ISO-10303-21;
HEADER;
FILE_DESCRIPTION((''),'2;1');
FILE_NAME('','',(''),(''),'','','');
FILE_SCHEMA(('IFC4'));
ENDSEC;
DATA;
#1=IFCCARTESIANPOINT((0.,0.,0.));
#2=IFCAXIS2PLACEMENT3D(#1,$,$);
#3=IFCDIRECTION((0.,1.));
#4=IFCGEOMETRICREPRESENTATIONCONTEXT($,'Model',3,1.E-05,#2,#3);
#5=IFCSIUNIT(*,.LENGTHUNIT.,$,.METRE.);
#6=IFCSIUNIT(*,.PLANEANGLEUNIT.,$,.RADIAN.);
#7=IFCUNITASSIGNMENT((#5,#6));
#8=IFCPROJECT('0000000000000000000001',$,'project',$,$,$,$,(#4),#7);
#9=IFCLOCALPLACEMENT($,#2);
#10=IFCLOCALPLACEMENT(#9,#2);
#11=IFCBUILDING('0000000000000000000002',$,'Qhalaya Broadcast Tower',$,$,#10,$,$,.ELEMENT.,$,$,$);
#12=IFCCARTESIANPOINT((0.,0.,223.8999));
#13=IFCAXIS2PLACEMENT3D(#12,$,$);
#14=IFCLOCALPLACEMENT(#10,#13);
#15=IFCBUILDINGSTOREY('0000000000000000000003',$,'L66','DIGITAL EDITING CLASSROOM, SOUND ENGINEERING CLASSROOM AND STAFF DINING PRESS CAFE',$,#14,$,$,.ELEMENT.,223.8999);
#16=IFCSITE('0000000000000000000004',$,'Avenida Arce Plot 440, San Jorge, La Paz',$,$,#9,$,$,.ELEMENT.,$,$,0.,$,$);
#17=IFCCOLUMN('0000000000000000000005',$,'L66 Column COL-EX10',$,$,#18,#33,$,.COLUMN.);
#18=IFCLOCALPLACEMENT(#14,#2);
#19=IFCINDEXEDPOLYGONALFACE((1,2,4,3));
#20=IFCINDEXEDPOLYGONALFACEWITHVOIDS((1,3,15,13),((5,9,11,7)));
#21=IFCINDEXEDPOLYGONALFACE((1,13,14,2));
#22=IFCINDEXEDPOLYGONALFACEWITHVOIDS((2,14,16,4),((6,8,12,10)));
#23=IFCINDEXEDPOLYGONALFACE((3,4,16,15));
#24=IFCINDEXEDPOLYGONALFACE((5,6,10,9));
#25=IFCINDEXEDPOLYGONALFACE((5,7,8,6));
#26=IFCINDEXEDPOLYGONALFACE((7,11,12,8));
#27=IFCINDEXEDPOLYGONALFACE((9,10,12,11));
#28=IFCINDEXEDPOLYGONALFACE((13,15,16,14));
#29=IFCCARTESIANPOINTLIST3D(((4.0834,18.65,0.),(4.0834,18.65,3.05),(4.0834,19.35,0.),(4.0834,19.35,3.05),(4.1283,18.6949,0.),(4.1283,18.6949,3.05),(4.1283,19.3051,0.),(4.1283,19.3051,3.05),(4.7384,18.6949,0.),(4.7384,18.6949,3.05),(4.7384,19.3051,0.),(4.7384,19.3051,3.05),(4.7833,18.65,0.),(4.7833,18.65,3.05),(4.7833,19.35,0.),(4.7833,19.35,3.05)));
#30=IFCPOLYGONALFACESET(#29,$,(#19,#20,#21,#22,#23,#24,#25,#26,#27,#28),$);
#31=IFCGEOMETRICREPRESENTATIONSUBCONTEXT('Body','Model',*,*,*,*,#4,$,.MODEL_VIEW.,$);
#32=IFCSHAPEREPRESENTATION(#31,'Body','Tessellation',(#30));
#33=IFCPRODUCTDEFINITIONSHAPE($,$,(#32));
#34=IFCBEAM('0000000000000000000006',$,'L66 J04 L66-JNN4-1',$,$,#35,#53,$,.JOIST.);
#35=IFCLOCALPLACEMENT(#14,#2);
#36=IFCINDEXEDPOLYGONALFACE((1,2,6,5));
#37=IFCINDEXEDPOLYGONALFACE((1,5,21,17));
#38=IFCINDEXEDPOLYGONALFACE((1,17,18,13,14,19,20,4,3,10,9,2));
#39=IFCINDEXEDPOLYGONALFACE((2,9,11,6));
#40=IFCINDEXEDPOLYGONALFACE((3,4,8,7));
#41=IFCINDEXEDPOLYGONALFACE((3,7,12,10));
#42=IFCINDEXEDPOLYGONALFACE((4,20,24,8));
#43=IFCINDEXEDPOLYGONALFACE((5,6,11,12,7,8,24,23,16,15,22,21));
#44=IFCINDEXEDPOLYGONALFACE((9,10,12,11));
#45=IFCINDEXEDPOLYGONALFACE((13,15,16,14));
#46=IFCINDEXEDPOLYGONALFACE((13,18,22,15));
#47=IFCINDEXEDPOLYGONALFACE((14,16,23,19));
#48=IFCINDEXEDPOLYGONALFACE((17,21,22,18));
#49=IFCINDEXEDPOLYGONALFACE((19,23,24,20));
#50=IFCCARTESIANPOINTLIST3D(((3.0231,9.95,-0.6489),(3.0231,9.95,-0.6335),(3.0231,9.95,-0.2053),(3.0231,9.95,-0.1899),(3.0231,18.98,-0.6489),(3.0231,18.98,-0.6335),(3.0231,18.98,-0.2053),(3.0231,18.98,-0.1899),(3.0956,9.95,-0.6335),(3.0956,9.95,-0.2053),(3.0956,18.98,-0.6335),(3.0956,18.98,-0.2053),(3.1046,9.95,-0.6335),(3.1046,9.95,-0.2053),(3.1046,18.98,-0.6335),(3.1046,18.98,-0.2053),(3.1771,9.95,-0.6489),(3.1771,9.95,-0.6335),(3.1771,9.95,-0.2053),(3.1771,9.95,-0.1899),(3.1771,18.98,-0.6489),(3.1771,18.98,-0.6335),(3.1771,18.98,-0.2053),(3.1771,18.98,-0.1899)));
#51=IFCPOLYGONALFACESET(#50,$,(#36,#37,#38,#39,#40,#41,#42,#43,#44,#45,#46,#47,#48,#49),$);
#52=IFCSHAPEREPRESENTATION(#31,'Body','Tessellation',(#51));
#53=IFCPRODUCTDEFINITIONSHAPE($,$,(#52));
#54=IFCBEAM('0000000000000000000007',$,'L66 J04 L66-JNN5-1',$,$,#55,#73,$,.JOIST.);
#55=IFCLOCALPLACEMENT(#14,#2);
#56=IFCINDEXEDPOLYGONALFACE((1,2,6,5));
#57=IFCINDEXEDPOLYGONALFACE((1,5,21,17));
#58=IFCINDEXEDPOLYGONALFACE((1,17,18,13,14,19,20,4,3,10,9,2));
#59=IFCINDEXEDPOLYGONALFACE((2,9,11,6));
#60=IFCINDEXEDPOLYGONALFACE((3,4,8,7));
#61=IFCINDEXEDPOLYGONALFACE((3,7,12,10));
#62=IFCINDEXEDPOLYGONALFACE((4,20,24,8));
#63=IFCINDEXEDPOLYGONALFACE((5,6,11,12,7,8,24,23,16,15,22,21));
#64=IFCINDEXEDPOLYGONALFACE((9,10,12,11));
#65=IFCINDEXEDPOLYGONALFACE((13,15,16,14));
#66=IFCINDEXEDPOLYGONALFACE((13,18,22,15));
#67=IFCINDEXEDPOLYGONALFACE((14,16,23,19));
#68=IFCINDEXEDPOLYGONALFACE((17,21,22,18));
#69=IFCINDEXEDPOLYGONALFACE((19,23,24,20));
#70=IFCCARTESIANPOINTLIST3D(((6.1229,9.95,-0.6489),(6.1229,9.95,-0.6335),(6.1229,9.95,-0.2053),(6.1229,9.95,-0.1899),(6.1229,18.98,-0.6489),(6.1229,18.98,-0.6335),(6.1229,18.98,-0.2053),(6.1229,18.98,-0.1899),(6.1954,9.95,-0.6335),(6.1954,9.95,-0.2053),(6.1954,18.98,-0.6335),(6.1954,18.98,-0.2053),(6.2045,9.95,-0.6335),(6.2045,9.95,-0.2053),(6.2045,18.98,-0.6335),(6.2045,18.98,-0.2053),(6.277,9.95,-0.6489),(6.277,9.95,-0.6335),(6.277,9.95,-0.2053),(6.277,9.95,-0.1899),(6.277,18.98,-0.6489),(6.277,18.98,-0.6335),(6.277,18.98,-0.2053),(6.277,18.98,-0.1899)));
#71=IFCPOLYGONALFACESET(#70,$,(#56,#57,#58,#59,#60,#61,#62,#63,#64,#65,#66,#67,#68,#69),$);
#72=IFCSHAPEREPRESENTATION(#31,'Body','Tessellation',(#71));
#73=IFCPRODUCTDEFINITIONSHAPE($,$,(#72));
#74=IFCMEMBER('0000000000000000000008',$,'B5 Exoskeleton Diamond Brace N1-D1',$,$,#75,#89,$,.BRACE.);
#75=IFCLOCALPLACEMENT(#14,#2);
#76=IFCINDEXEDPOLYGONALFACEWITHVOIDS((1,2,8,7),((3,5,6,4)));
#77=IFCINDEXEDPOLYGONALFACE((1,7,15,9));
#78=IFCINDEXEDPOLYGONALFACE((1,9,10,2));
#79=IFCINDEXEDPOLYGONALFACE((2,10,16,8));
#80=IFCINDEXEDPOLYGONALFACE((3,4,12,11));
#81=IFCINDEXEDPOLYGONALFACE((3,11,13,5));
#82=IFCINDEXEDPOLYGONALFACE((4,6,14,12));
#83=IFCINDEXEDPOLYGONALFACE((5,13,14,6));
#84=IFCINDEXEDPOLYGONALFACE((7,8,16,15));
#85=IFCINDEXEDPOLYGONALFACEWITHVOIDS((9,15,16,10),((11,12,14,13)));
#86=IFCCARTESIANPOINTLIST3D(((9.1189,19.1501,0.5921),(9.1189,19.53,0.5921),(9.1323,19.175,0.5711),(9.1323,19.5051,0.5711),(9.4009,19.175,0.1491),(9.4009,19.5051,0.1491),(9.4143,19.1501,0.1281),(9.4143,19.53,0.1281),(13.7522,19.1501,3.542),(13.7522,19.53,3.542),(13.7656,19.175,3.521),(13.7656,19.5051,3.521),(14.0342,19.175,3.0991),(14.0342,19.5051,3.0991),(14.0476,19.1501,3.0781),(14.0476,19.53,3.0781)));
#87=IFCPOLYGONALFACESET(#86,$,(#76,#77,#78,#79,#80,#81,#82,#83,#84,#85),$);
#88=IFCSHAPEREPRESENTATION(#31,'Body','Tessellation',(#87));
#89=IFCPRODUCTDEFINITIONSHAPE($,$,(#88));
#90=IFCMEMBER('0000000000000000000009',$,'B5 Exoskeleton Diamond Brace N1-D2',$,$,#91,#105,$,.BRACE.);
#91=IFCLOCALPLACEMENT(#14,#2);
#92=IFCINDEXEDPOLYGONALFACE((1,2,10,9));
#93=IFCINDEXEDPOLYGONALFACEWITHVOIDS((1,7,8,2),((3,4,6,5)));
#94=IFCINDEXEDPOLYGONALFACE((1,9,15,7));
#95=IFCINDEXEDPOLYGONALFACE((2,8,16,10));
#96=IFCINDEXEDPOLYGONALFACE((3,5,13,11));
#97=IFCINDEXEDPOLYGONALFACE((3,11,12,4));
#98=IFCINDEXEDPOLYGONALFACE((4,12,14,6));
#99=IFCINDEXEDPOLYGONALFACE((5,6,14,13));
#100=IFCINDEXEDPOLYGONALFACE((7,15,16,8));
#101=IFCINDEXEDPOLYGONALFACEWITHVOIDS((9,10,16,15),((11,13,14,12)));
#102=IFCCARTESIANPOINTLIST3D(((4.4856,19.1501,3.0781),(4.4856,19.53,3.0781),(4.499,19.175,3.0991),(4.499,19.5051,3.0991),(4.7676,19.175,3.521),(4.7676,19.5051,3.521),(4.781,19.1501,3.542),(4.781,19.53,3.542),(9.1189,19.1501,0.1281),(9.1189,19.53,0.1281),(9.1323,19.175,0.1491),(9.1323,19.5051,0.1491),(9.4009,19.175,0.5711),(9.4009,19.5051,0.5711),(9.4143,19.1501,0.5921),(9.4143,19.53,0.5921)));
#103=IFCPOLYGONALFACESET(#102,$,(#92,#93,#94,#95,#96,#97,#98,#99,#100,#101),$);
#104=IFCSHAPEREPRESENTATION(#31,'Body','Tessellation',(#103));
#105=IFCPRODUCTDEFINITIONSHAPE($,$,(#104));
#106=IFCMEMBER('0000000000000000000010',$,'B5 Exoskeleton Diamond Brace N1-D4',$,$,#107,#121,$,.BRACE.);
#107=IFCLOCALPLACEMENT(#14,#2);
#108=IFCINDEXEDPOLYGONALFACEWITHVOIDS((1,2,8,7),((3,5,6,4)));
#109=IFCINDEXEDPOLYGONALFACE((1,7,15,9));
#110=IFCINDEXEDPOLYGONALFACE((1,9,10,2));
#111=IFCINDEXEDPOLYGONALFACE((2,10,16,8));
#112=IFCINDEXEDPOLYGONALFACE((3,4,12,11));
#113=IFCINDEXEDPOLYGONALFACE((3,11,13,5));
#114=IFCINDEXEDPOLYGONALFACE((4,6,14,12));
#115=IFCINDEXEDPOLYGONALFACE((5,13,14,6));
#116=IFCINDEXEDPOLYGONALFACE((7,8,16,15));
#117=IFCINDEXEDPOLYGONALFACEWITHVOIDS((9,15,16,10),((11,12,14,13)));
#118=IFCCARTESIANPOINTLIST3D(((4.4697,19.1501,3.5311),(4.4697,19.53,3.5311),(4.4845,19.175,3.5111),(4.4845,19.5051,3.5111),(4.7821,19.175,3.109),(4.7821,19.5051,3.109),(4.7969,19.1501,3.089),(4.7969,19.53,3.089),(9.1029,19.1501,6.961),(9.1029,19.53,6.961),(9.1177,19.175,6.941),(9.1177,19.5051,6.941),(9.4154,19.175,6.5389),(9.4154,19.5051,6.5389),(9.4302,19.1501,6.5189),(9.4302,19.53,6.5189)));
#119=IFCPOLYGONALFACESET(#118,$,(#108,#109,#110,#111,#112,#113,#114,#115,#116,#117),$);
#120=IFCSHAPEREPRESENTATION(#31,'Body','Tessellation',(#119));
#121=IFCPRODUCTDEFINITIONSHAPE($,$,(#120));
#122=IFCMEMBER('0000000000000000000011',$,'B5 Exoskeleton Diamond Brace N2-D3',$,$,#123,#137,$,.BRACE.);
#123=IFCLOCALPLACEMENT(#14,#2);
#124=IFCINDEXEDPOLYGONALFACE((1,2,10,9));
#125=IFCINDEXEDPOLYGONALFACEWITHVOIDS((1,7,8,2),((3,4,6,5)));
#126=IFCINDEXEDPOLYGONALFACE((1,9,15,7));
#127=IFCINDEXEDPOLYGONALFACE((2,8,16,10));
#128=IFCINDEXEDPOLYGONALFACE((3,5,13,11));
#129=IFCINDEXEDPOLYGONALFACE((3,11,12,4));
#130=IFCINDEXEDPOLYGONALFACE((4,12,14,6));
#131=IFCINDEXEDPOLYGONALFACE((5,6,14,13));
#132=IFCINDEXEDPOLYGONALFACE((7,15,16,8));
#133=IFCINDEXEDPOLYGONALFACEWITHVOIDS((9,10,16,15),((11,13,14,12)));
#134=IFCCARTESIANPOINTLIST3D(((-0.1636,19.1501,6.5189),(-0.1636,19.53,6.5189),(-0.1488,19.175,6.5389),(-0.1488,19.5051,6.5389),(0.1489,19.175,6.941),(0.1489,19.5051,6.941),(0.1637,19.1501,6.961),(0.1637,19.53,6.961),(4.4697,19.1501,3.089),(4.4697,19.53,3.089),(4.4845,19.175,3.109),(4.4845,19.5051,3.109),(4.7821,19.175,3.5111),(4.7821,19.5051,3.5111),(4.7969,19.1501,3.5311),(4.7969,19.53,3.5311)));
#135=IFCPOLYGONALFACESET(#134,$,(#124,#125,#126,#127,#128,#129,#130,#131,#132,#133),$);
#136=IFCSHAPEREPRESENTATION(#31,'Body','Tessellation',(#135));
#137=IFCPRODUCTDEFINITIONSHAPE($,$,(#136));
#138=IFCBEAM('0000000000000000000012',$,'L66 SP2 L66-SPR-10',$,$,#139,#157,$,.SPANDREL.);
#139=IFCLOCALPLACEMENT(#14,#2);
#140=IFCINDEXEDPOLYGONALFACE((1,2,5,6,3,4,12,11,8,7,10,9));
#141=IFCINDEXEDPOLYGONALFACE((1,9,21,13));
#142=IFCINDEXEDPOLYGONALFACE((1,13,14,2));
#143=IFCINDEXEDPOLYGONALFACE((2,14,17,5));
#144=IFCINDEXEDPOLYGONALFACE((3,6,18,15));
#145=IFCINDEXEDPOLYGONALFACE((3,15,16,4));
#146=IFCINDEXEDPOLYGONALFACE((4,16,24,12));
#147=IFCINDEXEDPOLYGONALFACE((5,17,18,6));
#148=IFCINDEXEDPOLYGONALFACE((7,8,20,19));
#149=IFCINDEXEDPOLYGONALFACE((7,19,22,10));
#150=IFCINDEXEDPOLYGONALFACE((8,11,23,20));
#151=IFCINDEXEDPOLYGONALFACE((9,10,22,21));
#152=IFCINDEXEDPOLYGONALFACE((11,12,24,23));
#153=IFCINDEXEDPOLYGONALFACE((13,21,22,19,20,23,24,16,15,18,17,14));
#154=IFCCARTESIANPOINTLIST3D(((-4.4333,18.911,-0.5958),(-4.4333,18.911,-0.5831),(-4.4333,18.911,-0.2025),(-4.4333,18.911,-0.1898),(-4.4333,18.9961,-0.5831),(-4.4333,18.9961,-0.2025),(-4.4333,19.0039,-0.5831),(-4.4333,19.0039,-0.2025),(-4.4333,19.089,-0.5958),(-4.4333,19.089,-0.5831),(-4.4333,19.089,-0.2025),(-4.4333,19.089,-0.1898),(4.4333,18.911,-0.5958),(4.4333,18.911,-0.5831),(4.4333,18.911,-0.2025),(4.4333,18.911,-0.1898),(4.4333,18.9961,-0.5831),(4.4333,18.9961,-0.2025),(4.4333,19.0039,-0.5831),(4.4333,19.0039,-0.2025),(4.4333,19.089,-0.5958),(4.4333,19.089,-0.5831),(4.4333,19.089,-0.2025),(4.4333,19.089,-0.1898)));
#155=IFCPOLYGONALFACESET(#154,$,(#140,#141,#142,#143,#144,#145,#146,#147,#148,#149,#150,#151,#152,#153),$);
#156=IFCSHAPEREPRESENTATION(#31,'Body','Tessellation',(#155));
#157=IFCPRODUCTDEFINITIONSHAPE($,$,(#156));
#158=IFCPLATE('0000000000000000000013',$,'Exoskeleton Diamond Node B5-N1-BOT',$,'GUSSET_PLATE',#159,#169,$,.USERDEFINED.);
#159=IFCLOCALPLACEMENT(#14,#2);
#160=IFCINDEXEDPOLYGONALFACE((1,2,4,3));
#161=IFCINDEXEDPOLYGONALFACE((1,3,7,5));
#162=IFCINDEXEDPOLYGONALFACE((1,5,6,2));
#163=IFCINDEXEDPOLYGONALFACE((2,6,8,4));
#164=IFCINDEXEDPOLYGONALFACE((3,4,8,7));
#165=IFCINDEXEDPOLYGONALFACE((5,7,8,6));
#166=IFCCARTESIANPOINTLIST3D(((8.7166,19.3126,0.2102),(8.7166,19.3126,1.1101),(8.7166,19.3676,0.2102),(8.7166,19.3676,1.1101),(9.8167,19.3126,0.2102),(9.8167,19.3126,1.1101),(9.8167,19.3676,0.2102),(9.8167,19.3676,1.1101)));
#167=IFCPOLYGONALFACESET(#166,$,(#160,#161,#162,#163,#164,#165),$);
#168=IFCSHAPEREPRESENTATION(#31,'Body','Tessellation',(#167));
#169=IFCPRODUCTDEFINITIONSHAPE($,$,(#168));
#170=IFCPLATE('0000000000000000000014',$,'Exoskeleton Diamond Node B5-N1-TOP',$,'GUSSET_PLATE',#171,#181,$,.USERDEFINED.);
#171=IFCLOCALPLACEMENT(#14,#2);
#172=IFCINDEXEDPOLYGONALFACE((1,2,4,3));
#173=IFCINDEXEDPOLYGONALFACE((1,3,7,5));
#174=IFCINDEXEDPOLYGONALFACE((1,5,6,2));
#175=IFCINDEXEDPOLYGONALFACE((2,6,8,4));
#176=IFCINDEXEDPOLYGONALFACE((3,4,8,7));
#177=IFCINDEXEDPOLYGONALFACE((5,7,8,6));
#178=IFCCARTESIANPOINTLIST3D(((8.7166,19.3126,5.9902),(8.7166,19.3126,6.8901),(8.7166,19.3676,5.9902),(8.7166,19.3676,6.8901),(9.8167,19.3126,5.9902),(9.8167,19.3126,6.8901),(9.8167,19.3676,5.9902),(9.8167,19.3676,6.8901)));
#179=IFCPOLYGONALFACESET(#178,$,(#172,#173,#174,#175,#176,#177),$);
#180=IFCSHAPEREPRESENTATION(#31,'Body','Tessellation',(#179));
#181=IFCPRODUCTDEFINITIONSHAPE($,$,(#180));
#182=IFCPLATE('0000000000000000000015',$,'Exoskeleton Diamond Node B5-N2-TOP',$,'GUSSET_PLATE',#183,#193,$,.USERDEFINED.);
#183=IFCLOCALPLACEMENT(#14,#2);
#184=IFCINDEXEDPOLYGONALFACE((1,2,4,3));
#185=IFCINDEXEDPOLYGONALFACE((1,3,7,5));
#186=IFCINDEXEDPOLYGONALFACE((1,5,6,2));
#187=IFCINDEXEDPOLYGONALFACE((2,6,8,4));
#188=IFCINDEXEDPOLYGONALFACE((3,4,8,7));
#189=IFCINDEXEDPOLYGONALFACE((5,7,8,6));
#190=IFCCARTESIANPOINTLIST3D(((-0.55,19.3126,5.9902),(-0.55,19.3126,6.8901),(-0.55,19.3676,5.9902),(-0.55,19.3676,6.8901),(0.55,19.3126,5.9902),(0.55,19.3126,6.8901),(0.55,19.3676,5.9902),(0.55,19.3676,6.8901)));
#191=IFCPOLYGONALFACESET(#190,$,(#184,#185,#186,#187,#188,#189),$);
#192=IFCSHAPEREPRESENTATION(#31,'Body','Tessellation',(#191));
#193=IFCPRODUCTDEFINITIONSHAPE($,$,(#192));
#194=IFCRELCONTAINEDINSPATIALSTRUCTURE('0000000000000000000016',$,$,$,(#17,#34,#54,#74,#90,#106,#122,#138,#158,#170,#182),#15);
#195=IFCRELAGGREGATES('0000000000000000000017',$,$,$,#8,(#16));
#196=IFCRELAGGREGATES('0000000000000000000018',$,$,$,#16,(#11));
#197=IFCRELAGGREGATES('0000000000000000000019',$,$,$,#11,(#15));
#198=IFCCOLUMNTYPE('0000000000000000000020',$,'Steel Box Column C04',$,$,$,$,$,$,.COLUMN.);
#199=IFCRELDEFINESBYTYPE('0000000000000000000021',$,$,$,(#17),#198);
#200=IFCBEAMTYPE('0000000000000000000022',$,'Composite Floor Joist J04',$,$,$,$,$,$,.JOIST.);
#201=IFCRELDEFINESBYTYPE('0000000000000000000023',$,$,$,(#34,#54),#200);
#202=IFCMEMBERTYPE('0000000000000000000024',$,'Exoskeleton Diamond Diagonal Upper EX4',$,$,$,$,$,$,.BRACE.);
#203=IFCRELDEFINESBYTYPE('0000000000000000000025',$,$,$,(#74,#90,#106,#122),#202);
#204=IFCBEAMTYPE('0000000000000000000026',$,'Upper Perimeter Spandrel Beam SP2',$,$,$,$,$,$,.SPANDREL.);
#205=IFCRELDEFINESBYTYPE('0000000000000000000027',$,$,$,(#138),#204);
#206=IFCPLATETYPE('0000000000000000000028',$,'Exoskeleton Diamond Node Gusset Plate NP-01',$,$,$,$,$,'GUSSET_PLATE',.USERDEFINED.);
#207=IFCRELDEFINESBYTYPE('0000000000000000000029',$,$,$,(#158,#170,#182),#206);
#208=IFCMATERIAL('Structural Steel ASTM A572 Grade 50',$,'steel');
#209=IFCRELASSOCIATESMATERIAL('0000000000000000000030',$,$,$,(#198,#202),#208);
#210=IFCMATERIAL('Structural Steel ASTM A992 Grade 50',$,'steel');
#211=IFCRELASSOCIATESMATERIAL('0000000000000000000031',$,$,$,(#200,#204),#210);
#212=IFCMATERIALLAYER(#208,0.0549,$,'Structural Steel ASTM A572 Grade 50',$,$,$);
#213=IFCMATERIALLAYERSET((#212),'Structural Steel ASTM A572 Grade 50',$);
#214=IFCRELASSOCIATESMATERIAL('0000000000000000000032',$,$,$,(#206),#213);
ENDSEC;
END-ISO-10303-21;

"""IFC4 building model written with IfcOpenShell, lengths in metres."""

from ifc_helpers import new_model, si_unit, direction, frame, origin, origin_2d, place, context, subcontext, project, spatial, rectangle, hollow_rectangle, i_section, extrude, material, layer, layer_set, material_profile, profile_set, type_object, element, save


model = new_model("IFC4")

# Units and contexts
model_context = context("Model", 3, precision=1e-05, world=origin(), true_north=direction((0.0, 1.0)))
body_context = subcontext(model_context, "Body", "Model", "MODEL_VIEW")
ifc_project = project(units=[si_unit("LENGTHUNIT", "METRE"), si_unit("PLANEANGLEUNIT", "RADIAN")], contexts=[model_context])

# Site, building, storey
site_placement = place(None, origin())
site = spatial("IfcSite", under=ifc_project, at=site_placement, Name="Avenida Arce Plot 440, San Jorge, La Paz", CompositionType="ELEMENT", RefElevation=0.0)
building_placement = place(site_placement, origin())
building = spatial("IfcBuilding", under=site, at=building_placement, Name="Qhalaya Broadcast Tower", CompositionType="ELEMENT")
storey_placement = place(building_placement, frame((0.0, 0.0, 223.8999)))
storey = spatial("IfcBuildingStorey", under=building, at=storey_placement, Name="L66", Description="DIGITAL EDITING CLASSROOM, SOUND ENGINEERING CLASSROOM AND STAFF DINING PRESS CAFE", CompositionType="ELEMENT", Elevation=223.8999)

# Column
ifc_material_1 = material(Name="Structural Steel ASTM A572 Grade 50", Category="steel")
ifc_material_profile_1 = material_profile(ifc_material_1, hollow_rectangle(XDim=0.7, YDim=0.7, WallThickness=0.0449, at=origin_2d()), Name="BOX 700x700x45")
ifc_profile_set_1 = profile_set([ifc_material_profile_1], Name="Structural Steel ASTM A572 Grade 50")
column_type = type_object("IfcColumnType", Name="Steel Box Column C04", PredefinedType="COLUMN", material=ifc_profile_set_1)
column_placement = place(storey_placement, frame((4.4333, 19.0, 0.0), z_axis=(0.0, 0.0, 1.0), x_axis=(1.0, 0.0, 0.0)))
element("IfcColumn", 1, at=column_placement, inside=storey, type_object=column_type, Name="L66 Column COL-EX10", PredefinedType="COLUMN", context=body_context, shape_type="SweptSolid", body=[
    extrude(hollow_rectangle(XDim=0.7, YDim=0.7, WallThickness=0.0449, at=origin_2d()), origin(), (0.0, 0.0, 1.0), 3.05),
])

# Beams
ifc_material_2 = material(Name="Structural Steel ASTM A992 Grade 50", Category="steel")
ifc_material_profile_2 = material_profile(ifc_material_2, i_section(OverallWidth=0.1541, OverallDepth=0.459, WebThickness=0.009, FlangeThickness=0.0154, at=origin_2d()), Name="W18X46")
ifc_profile_set_2 = profile_set([ifc_material_profile_2], Name="Structural Steel ASTM A992 Grade 50")
beam_type_1 = type_object("IfcBeamType", Name="Composite Floor Joist J04", PredefinedType="JOIST", material=ifc_profile_set_2)
for number, where, z_axis, x_axis, name in (
    (2, (3.1001, 9.95, -0.4194), (0.0, 1.0, 0.0), (-1.0, 0.0, 0.0), "L66 J04 L66-JNN4-1"),
    (3, (6.2, 9.95, -0.4194), (0.0, 1.0, 0.0), (-1.0, 0.0, 0.0), "L66 J04 L66-JNN5-1"),
):
    element("IfcBeam", number, at=place(storey_placement, frame(where, z_axis=z_axis, x_axis=x_axis)), inside=storey, type_object=beam_type_1, Name=name, PredefinedType="JOIST", context=body_context, shape_type="SweptSolid", body=[
        extrude(i_section(OverallWidth=0.1541, OverallDepth=0.459, WebThickness=0.009, FlangeThickness=0.0154, at=origin_2d()), origin(), (0.0, 0.0, 1.0), 9.03),
    ])

# Members
ifc_material_profile_3 = material_profile(ifc_material_1, hollow_rectangle(XDim=0.3799, YDim=0.55, WallThickness=0.0249, at=origin_2d()), Name="BOX 380x550x25")
ifc_profile_set_3 = profile_set([ifc_material_profile_3], Name="Structural Steel ASTM A572 Grade 50")
member_type = type_object("IfcMemberType", Name="Exoskeleton Diamond Diagonal Upper EX4", PredefinedType="BRACE", material=ifc_profile_set_3)
for number, where, z_axis, x_axis, name in (
    (4, (9.2666, 19.3401, 0.3601), (0.843539, 0.0, 0.537068), (0.0, 1.0, 0.0), "B5 Exoskeleton Diamond Brace N1-D1"),
    (5, (9.2666, 19.3401, 0.3601), (-0.843539, 0.0, 0.537068), (0.0, -1.0, 0.0), "B5 Exoskeleton Diamond Brace N1-D2"),
):
    element("IfcMember", number, at=place(storey_placement, frame(where, z_axis=z_axis, x_axis=x_axis)), inside=storey, type_object=member_type, Name=name, PredefinedType="BRACE", context=body_context, shape_type="SweptSolid", body=[
        extrude(hollow_rectangle(XDim=0.3799, YDim=0.55, WallThickness=0.0249, at=origin_2d()), origin(), (0.0, 0.0, 1.0), 5.4927),
    ])
for number, where, z_axis, x_axis, name in (
    (6, (4.6333, 19.3401, 3.3101), (0.803735, 0.0, 0.594987), (0.0, 1.0, 0.0), "B5 Exoskeleton Diamond Brace N1-D4"),
    (7, (4.6333, 19.3401, 3.3101), (-0.803735, 0.0, 0.594987), (0.0, -1.0, 0.0), "B5 Exoskeleton Diamond Brace N2-D3"),
):
    element("IfcMember", number, at=place(storey_placement, frame(where, z_axis=z_axis, x_axis=x_axis)), inside=storey, type_object=member_type, Name=name, PredefinedType="BRACE", context=body_context, shape_type="SweptSolid", body=[
        extrude(hollow_rectangle(XDim=0.3799, YDim=0.55, WallThickness=0.0249, at=origin_2d()), origin(), (0.0, 0.0, 1.0), 5.7646),
    ])

# Beam
ifc_material_profile_4 = material_profile(ifc_material_2, i_section(OverallWidth=0.178, OverallDepth=0.406, WebThickness=0.0078, FlangeThickness=0.0127, at=origin_2d()), Name="W16X40")
ifc_profile_set_4 = profile_set([ifc_material_profile_4], Name="Structural Steel ASTM A992 Grade 50")
beam_type_2 = type_object("IfcBeamType", Name="Upper Perimeter Spandrel Beam SP2", PredefinedType="SPANDREL", material=ifc_profile_set_4)
beam_placement = place(storey_placement, frame((4.4333, 19.0, -0.3928), z_axis=(-1.0, 0.0, 0.0), x_axis=(0.0, -1.0, 0.0)))
element("IfcBeam", 8, at=beam_placement, inside=storey, type_object=beam_type_2, Name="L66 SP2 L66-SPR-10", PredefinedType="SPANDREL", context=body_context, shape_type="SweptSolid", body=[
    extrude(i_section(OverallWidth=0.178, OverallDepth=0.406, WebThickness=0.0078, FlangeThickness=0.0127, at=origin_2d()), origin(), (0.0, 0.0, 1.0), 8.8667),
])

# Plates
ifc_layer_1 = layer(ifc_material_1, 0.0549, Name="Structural Steel ASTM A572 Grade 50")
ifc_layer_set_1 = layer_set([ifc_layer_1], Name="Structural Steel ASTM A572 Grade 50")
plate_type_1 = type_object("IfcPlateType", Name="Exoskeleton Diamond Node Gusset Plate NP-01", ElementType="GUSSET_PLATE", PredefinedType="USERDEFINED", material=ifc_layer_set_1)
for number, where, z_axis, x_axis, name in (
    (9, (9.2666, 19.3401, 0.2102), (0.0, 0.0, 1.0), (1.0, 0.0, 0.0), "Exoskeleton Diamond Node B5-N1-BOT"),
    (10, (9.2666, 19.3401, 5.9902), (0.0, 0.0, 1.0), (1.0, 0.0, 0.0), "Exoskeleton Diamond Node B5-N1-TOP"),
    (11, (0.0, 19.3401, 5.9902), (0.0, 0.0, 1.0), (1.0, 0.0, 0.0), "Exoskeleton Diamond Node B5-N2-TOP"),
):
    element("IfcPlate", number, at=place(storey_placement, frame(where, z_axis=z_axis, x_axis=x_axis)), inside=storey, type_object=plate_type_1, Name=name, ObjectType="GUSSET_PLATE", PredefinedType="USERDEFINED", context=body_context, shape_type="SweptSolid", body=[
        extrude(rectangle(XDim=1.1001, YDim=0.0549, at=origin_2d()), origin(), (0.0, 0.0, 1.0), 0.8999),
    ])

save(model, "model.ifc")
